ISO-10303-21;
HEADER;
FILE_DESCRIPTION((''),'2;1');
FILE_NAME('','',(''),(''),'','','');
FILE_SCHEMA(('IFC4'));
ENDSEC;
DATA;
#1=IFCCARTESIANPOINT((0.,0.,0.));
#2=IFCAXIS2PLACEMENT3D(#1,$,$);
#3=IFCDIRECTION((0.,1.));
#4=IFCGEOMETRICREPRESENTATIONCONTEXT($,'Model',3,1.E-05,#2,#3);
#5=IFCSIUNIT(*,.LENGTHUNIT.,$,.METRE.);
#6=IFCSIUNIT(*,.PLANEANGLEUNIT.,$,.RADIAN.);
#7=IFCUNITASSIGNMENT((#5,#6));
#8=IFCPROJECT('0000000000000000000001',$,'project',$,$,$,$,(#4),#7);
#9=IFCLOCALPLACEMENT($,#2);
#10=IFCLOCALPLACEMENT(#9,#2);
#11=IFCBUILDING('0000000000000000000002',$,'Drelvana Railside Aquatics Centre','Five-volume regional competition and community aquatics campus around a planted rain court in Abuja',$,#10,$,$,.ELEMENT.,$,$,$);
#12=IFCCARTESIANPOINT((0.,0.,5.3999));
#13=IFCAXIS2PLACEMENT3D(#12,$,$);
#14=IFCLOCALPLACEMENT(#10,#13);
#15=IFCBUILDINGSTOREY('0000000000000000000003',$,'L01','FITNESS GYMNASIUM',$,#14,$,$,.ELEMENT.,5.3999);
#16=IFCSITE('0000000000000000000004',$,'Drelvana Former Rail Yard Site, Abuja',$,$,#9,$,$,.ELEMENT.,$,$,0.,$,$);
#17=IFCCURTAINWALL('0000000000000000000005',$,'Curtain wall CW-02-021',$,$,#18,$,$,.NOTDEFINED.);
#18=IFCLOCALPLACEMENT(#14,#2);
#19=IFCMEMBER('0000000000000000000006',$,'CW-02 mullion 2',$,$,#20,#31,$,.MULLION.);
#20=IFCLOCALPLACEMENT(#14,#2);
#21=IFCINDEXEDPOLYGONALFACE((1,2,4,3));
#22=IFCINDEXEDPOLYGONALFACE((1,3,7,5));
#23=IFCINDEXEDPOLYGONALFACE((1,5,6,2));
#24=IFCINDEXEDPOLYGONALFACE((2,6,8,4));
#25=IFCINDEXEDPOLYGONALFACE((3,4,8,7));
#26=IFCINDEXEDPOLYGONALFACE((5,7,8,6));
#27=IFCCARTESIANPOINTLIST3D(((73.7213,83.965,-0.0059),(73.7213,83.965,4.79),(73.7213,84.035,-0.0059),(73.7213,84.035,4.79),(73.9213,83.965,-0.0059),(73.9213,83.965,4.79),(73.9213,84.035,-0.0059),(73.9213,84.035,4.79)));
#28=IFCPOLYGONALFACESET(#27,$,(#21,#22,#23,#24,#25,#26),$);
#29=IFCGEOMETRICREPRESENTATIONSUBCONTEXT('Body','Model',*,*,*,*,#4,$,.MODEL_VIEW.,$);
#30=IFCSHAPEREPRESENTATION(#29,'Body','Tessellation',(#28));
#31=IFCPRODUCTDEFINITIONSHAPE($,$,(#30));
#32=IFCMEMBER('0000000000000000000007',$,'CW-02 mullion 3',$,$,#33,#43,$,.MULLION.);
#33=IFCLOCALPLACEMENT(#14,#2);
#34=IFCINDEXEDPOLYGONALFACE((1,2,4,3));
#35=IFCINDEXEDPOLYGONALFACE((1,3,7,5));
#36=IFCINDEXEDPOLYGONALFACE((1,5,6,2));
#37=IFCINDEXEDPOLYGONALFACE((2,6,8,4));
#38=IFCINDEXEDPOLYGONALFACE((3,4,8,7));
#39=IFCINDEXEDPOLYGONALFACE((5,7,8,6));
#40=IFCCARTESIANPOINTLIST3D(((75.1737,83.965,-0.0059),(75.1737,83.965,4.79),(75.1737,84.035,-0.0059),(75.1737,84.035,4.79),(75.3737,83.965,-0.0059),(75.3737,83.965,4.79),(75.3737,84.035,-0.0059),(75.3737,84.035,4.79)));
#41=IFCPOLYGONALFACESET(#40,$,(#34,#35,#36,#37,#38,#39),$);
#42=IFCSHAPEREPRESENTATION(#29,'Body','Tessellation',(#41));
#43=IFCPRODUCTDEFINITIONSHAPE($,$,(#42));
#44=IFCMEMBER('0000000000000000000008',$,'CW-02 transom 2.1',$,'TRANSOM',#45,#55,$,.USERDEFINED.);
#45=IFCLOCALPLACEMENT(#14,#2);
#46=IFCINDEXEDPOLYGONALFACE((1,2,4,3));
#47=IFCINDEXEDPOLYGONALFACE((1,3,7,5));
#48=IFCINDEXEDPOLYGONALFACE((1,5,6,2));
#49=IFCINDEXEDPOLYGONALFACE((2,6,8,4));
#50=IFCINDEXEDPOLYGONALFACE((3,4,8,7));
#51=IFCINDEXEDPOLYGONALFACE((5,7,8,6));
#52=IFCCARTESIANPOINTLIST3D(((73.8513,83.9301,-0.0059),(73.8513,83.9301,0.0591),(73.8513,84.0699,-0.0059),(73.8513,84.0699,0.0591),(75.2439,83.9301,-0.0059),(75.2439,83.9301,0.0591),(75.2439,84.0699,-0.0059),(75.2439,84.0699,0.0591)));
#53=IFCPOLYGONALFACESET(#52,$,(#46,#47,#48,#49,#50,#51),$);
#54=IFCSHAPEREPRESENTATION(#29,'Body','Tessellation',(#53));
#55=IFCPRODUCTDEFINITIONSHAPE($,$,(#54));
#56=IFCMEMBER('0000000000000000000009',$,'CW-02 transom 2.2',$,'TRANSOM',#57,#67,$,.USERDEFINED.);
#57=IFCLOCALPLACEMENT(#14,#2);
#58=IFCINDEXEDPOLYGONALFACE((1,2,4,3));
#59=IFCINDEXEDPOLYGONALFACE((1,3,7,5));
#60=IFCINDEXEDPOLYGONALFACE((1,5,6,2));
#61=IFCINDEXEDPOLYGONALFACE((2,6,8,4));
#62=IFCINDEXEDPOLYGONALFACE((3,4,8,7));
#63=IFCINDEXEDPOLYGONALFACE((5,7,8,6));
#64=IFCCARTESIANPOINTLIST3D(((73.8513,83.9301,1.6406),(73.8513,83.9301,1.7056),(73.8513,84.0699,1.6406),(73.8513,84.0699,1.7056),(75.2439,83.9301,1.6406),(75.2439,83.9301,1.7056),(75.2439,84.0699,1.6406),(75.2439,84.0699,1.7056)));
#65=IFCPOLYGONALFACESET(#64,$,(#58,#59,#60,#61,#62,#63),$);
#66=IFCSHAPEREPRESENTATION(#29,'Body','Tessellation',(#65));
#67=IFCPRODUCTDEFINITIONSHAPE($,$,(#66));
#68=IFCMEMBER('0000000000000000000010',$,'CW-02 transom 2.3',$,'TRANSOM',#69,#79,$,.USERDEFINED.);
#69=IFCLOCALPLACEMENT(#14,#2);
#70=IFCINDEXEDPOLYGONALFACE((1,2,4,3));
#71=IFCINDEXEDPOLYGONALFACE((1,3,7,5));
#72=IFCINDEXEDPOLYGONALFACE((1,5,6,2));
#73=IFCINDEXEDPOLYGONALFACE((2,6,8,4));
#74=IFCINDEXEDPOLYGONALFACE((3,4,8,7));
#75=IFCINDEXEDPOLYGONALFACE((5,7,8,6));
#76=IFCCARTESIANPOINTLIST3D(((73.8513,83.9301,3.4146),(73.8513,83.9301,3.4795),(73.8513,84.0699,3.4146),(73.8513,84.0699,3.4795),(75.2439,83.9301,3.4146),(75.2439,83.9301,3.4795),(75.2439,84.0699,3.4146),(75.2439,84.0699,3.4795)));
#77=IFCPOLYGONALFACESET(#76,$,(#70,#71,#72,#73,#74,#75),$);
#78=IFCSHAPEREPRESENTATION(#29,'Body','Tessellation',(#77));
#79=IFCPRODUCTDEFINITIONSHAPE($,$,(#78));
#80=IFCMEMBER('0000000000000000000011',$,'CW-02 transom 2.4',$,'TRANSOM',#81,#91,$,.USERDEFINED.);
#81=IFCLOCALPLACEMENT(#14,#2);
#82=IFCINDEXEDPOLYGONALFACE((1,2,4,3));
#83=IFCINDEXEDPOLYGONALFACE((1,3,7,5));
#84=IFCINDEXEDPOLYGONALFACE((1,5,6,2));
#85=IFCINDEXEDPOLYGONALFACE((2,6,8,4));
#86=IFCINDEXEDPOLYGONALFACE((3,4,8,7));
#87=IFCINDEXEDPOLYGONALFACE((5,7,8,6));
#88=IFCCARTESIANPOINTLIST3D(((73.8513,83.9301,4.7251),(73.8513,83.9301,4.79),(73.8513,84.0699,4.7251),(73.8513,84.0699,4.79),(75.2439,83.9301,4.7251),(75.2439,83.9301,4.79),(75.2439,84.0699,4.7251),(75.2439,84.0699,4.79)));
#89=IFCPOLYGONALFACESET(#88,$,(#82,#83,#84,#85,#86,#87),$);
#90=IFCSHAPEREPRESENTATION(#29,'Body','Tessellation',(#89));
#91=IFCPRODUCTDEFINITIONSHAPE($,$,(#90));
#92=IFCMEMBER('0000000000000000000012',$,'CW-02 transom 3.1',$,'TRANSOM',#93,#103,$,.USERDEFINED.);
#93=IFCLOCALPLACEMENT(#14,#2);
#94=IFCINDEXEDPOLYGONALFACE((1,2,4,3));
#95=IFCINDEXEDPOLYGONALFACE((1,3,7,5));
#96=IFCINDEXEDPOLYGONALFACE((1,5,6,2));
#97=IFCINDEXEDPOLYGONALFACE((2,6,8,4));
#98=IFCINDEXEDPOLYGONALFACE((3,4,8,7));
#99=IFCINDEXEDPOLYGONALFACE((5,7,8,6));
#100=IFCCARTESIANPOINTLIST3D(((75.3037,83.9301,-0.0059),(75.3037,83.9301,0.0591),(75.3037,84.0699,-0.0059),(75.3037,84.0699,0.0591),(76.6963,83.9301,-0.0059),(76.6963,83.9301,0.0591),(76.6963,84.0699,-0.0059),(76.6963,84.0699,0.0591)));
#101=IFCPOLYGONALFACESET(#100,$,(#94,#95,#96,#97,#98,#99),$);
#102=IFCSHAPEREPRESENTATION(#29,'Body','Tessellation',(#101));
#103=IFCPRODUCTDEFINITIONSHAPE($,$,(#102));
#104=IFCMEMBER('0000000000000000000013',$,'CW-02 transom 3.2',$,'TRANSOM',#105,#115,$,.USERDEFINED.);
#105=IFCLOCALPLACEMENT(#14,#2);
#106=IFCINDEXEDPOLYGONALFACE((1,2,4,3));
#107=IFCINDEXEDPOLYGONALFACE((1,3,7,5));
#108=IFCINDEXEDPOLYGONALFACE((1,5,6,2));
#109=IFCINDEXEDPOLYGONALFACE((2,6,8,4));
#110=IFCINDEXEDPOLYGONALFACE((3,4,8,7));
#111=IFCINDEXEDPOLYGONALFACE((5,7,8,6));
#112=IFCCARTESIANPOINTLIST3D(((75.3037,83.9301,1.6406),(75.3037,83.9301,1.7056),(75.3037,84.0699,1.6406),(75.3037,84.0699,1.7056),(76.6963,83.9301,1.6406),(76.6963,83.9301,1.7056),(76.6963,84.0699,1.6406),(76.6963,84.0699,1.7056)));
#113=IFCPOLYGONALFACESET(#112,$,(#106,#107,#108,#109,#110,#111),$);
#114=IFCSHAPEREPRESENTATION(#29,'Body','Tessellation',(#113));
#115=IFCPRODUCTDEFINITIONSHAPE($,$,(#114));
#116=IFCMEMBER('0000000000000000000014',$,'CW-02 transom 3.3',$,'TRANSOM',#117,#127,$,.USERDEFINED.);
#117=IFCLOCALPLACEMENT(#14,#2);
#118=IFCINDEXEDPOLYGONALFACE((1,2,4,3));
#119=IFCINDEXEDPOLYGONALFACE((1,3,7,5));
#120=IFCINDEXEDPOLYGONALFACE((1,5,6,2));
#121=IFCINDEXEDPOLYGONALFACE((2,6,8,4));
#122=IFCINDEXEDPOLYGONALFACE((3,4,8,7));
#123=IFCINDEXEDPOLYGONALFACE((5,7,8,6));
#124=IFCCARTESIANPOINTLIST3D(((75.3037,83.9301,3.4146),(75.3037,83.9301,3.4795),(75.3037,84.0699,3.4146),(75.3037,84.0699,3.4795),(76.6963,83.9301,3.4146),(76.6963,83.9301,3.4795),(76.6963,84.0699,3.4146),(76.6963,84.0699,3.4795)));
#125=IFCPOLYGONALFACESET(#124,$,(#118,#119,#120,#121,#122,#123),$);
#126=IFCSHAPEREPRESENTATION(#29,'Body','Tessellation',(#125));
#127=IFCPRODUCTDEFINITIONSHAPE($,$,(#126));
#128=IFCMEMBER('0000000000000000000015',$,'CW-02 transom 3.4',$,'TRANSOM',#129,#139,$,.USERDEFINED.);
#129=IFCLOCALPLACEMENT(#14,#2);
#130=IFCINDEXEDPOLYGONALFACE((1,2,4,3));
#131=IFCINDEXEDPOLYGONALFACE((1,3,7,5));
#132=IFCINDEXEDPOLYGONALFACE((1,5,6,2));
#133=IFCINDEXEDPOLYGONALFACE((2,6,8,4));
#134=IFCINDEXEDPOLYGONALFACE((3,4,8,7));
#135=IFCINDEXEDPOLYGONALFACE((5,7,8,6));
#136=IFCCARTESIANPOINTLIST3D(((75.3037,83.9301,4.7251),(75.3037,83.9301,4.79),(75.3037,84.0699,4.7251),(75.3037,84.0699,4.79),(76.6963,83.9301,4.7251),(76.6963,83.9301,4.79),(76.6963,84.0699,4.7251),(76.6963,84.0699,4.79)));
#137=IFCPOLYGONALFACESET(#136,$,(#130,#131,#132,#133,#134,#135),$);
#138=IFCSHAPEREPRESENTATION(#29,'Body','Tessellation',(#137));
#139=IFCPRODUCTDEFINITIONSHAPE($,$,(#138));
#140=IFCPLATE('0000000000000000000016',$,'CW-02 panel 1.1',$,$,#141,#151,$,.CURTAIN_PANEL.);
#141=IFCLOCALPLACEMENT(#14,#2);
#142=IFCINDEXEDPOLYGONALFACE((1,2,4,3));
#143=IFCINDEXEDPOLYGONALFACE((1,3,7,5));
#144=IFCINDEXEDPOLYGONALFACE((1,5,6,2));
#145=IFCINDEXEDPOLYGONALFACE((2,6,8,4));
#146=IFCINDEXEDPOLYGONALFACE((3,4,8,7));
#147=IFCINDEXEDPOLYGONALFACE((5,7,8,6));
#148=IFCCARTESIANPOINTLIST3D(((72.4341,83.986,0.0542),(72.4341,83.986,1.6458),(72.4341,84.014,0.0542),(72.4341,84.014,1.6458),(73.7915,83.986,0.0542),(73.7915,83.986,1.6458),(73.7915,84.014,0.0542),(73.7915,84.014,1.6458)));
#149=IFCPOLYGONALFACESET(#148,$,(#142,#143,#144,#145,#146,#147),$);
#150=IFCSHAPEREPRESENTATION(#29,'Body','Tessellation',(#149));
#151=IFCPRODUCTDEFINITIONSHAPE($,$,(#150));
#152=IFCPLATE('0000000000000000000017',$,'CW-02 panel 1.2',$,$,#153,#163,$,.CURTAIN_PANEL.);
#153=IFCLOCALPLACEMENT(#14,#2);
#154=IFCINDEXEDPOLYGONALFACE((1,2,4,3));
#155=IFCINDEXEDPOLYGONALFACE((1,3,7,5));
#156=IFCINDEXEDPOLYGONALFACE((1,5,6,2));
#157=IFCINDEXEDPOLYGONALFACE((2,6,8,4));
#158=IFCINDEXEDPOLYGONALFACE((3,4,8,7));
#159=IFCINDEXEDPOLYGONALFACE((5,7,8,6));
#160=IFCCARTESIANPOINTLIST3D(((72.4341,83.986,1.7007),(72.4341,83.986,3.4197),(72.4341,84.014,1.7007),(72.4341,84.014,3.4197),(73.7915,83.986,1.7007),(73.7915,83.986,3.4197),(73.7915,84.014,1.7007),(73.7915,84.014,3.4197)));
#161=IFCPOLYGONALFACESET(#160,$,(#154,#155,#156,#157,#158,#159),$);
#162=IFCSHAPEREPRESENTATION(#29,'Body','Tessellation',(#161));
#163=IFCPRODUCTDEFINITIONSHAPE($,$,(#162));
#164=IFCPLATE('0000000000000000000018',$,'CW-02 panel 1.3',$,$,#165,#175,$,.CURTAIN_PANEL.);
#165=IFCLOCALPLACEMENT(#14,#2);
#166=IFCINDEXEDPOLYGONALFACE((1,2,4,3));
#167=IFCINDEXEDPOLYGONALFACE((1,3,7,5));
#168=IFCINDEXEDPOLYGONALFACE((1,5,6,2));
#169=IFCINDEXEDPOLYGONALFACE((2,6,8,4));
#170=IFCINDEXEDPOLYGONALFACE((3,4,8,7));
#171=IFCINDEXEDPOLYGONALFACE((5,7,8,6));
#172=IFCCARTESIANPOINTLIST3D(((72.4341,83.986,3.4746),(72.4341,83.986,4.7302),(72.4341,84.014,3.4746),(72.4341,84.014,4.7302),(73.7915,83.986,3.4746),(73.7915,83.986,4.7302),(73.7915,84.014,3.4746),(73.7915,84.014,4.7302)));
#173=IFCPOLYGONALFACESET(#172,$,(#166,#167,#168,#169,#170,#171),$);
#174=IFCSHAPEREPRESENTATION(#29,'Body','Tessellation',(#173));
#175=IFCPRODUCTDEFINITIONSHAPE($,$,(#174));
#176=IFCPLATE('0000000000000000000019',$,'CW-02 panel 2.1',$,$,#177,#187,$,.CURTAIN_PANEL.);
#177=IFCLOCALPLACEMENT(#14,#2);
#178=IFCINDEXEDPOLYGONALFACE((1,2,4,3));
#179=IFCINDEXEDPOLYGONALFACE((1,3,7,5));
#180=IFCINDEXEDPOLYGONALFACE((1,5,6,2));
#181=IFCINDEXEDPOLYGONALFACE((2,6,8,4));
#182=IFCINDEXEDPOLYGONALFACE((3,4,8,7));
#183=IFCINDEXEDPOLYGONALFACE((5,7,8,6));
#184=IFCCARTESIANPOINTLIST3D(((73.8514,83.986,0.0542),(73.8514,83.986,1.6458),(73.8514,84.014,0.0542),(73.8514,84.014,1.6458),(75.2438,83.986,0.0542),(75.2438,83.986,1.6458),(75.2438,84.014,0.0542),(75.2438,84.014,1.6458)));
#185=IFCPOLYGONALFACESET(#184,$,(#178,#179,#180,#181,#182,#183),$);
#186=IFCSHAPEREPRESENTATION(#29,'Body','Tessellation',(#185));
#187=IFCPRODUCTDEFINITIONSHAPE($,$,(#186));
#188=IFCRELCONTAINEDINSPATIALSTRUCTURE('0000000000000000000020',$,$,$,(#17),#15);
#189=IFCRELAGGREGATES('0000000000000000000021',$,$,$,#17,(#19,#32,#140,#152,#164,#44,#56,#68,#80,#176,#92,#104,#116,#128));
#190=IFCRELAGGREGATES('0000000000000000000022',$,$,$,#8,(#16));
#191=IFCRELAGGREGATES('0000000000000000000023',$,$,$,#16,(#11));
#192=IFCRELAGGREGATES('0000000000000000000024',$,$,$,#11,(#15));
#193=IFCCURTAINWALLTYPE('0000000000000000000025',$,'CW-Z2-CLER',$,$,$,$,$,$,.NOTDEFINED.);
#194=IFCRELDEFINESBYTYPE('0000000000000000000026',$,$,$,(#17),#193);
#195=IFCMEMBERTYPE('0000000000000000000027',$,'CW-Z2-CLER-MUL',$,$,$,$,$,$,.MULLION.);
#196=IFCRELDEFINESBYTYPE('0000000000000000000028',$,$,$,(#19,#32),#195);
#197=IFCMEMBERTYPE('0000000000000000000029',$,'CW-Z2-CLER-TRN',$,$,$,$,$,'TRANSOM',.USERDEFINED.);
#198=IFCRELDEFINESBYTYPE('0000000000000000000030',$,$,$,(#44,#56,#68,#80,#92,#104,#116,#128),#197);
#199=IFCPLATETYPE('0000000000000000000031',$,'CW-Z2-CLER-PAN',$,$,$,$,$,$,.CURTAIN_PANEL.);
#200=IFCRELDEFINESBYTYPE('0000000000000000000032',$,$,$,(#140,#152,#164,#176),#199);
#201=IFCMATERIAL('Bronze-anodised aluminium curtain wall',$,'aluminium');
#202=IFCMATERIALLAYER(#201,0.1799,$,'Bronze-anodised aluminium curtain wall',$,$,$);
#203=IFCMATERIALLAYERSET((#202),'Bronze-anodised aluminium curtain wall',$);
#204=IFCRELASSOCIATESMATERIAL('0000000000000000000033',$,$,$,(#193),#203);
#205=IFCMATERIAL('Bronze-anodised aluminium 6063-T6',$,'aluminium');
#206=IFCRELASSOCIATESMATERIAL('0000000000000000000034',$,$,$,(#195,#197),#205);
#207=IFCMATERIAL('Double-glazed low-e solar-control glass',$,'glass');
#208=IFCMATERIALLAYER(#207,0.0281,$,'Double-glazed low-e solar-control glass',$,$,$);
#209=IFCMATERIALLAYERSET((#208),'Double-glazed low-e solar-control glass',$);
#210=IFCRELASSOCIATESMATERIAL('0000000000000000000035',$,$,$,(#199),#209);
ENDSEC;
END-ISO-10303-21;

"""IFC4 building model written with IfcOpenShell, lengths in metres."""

from ifc_helpers import new_model, si_unit, direction, frame, origin, origin_2d, place, context, subcontext, project, spatial, rectangle, extrude, material, layer, layer_set, material_profile, profile_set, type_object, element, aggregate, save


model = new_model("IFC4")

# Units and contexts
model_context = context("Model", 3, precision=1e-05, world=origin(), true_north=direction((0.0, 1.0)))
body_context = subcontext(model_context, "Body", "Model", "MODEL_VIEW")
ifc_project = project(units=[si_unit("LENGTHUNIT", "METRE"), si_unit("PLANEANGLEUNIT", "RADIAN")], contexts=[model_context])

# Site, building, storey
site_placement = place(None, origin())
site = spatial("IfcSite", under=ifc_project, at=site_placement, Name="Drelvana Former Rail Yard Site, Abuja", CompositionType="ELEMENT", RefElevation=0.0)
building_placement = place(site_placement, origin())
building = spatial("IfcBuilding", under=site, at=building_placement, Name="Drelvana Railside Aquatics Centre", Description="Five-volume regional competition and community aquatics campus around a planted rain court in Abuja", CompositionType="ELEMENT")
storey_placement = place(building_placement, frame((0.0, 0.0, 5.3999)))
storey = spatial("IfcBuildingStorey", under=building, at=storey_placement, Name="L01", Description="FITNESS GYMNASIUM", CompositionType="ELEMENT", Elevation=5.3999)

# Curtain wall, members, plates
ifc_material_1 = material(Name="Bronze-anodised aluminium curtain wall", Category="aluminium")
ifc_layer_1 = layer(ifc_material_1, 0.1799, Name="Bronze-anodised aluminium curtain wall")
ifc_layer_set_1 = layer_set([ifc_layer_1], Name="Bronze-anodised aluminium curtain wall")
curtain_wall_type = type_object("IfcCurtainWallType", Name="CW-Z2-CLER", PredefinedType="NOTDEFINED", material=ifc_layer_set_1)
curtain_wall_placement = place(storey_placement, origin())
curtain_wall = element("IfcCurtainWall", 1, at=curtain_wall_placement, inside=storey, type_object=curtain_wall_type, Name="Curtain wall CW-02-021", PredefinedType="NOTDEFINED")
ifc_material_2 = material(Name="Bronze-anodised aluminium 6063-T6", Category="aluminium")
ifc_material_profile_1 = material_profile(ifc_material_2, rectangle(XDim=0.0701, YDim=0.2, at=origin_2d()), Name="ALU-M 70x200")
ifc_profile_set_1 = profile_set([ifc_material_profile_1], Name="Bronze-anodised aluminium 6063-T6")
member_type_1 = type_object("IfcMemberType", Name="CW-Z2-CLER-MUL", PredefinedType="MULLION", material=ifc_profile_set_1)
member_1_placement = place(storey_placement, frame((73.8213, 84.0, -0.0059), z_axis=(0.0, 0.0, 1.0), x_axis=(0.0, 1.0, 0.0)))
member_1 = element("IfcMember", 2, at=member_1_placement, type_object=member_type_1, Name="CW-02 mullion 2", PredefinedType="MULLION", context=body_context, shape_type="SweptSolid", body=[
    extrude(rectangle(XDim=0.0701, YDim=0.2, at=origin_2d()), origin(), (0.0, 0.0, 1.0), 4.7959),
])
member_2_placement = place(storey_placement, frame((75.2737, 84.0, -0.0059), z_axis=(0.0, 0.0, 1.0), x_axis=(0.0, 1.0, 0.0)))
member_2 = element("IfcMember", 3, at=member_2_placement, type_object=member_type_1, Name="CW-02 mullion 3", PredefinedType="MULLION", context=body_context, shape_type="SweptSolid", body=[
    extrude(rectangle(XDim=0.0701, YDim=0.2, at=origin_2d()), origin(), (0.0, 0.0, 1.0), 4.7959),
])
ifc_material_profile_2 = material_profile(ifc_material_2, rectangle(XDim=0.1399, YDim=0.0649, at=origin_2d()), Name="ALU-T 65x140")
ifc_profile_set_2 = profile_set([ifc_material_profile_2], Name="Bronze-anodised aluminium 6063-T6")
member_type_2 = type_object("IfcMemberType", Name="CW-Z2-CLER-TRN", ElementType="TRANSOM", PredefinedType="USERDEFINED", material=ifc_profile_set_2)
member_3_placement = place(storey_placement, frame((73.8513, 84.0, 0.0266), z_axis=(1.0, 0.0, 0.0), x_axis=(0.0, 1.0, 0.0)))
member_3 = element("IfcMember", 4, at=member_3_placement, type_object=member_type_2, Name="CW-02 transom 2.1", ObjectType="TRANSOM", PredefinedType="USERDEFINED", context=body_context, shape_type="SweptSolid", body=[
    extrude(rectangle(XDim=0.1399, YDim=0.0649, at=origin_2d()), origin(), (0.0, 0.0, 1.0), 1.3926),
])
member_4_placement = place(storey_placement, frame((73.8513, 84.0, 1.6731), z_axis=(1.0, 0.0, 0.0), x_axis=(0.0, 1.0, 0.0)))
member_4 = element("IfcMember", 5, at=member_4_placement, type_object=member_type_2, Name="CW-02 transom 2.2", ObjectType="TRANSOM", PredefinedType="USERDEFINED", context=body_context, shape_type="SweptSolid", body=[
    extrude(rectangle(XDim=0.1399, YDim=0.0649, at=origin_2d()), origin(), (0.0, 0.0, 1.0), 1.3926),
])
member_5_placement = place(storey_placement, frame((73.8513, 84.0, 3.447), z_axis=(1.0, 0.0, 0.0), x_axis=(0.0, 1.0, 0.0)))
member_5 = element("IfcMember", 6, at=member_5_placement, type_object=member_type_2, Name="CW-02 transom 2.3", ObjectType="TRANSOM", PredefinedType="USERDEFINED", context=body_context, shape_type="SweptSolid", body=[
    extrude(rectangle(XDim=0.1399, YDim=0.0649, at=origin_2d()), origin(), (0.0, 0.0, 1.0), 1.3926),
])
member_6_placement = place(storey_placement, frame((73.8513, 84.0, 4.7576), z_axis=(1.0, 0.0, 0.0), x_axis=(0.0, 1.0, 0.0)))
member_6 = element("IfcMember", 7, at=member_6_placement, type_object=member_type_2, Name="CW-02 transom 2.4", ObjectType="TRANSOM", PredefinedType="USERDEFINED", context=body_context, shape_type="SweptSolid", body=[
    extrude(rectangle(XDim=0.1399, YDim=0.0649, at=origin_2d()), origin(), (0.0, 0.0, 1.0), 1.3926),
])
member_7_placement = place(storey_placement, frame((75.3037, 84.0, 0.0266), z_axis=(1.0, 0.0, 0.0), x_axis=(0.0, 1.0, 0.0)))
member_7 = element("IfcMember", 8, at=member_7_placement, type_object=member_type_2, Name="CW-02 transom 3.1", ObjectType="TRANSOM", PredefinedType="USERDEFINED", context=body_context, shape_type="SweptSolid", body=[
    extrude(rectangle(XDim=0.1399, YDim=0.0649, at=origin_2d()), origin(), (0.0, 0.0, 1.0), 1.3926),
])
member_8_placement = place(storey_placement, frame((75.3037, 84.0, 1.6731), z_axis=(1.0, 0.0, 0.0), x_axis=(0.0, 1.0, 0.0)))
member_8 = element("IfcMember", 9, at=member_8_placement, type_object=member_type_2, Name="CW-02 transom 3.2", ObjectType="TRANSOM", PredefinedType="USERDEFINED", context=body_context, shape_type="SweptSolid", body=[
    extrude(rectangle(XDim=0.1399, YDim=0.0649, at=origin_2d()), origin(), (0.0, 0.0, 1.0), 1.3926),
])
member_9_placement = place(storey_placement, frame((75.3037, 84.0, 3.447), z_axis=(1.0, 0.0, 0.0), x_axis=(0.0, 1.0, 0.0)))
member_9 = element("IfcMember", 10, at=member_9_placement, type_object=member_type_2, Name="CW-02 transom 3.3", ObjectType="TRANSOM", PredefinedType="USERDEFINED", context=body_context, shape_type="SweptSolid", body=[
    extrude(rectangle(XDim=0.1399, YDim=0.0649, at=origin_2d()), origin(), (0.0, 0.0, 1.0), 1.3926),
])
member_10_placement = place(storey_placement, frame((75.3037, 84.0, 4.7576), z_axis=(1.0, 0.0, 0.0), x_axis=(0.0, 1.0, 0.0)))
member_10 = element("IfcMember", 11, at=member_10_placement, type_object=member_type_2, Name="CW-02 transom 3.4", ObjectType="TRANSOM", PredefinedType="USERDEFINED", context=body_context, shape_type="SweptSolid", body=[
    extrude(rectangle(XDim=0.1399, YDim=0.0649, at=origin_2d()), origin(), (0.0, 0.0, 1.0), 1.3926),
])
ifc_material_3 = material(Name="Double-glazed low-e solar-control glass", Category="glass")
ifc_layer_2 = layer(ifc_material_3, 0.0281, Name="Double-glazed low-e solar-control glass")
ifc_layer_set_2 = layer_set([ifc_layer_2], Name="Double-glazed low-e solar-control glass")
plate_type = type_object("IfcPlateType", Name="CW-Z2-CLER-PAN", PredefinedType="CURTAIN_PANEL", material=ifc_layer_set_2)
plate_1_placement = place(storey_placement, frame((73.1128, 84.0, 0.0542), z_axis=(0.0, 0.0, 1.0), x_axis=(1.0, 0.0, 0.0)))
plate_1 = element("IfcPlate", 12, at=plate_1_placement, type_object=plate_type, Name="CW-02 panel 1.1", PredefinedType="CURTAIN_PANEL", context=body_context, shape_type="SweptSolid", body=[
    extrude(rectangle(XDim=1.3574, YDim=0.0281, at=origin_2d()), origin(), (0.0, 0.0, 1.0), 1.5916),
])
plate_2_placement = place(storey_placement, frame((73.1128, 84.0, 1.7007), z_axis=(0.0, 0.0, 1.0), x_axis=(1.0, 0.0, 0.0)))
plate_2 = element("IfcPlate", 13, at=plate_2_placement, type_object=plate_type, Name="CW-02 panel 1.2", PredefinedType="CURTAIN_PANEL", context=body_context, shape_type="SweptSolid", body=[
    extrude(rectangle(XDim=1.3574, YDim=0.0281, at=origin_2d()), origin(), (0.0, 0.0, 1.0), 1.719),
])
plate_3_placement = place(storey_placement, frame((73.1128, 84.0, 3.4746), z_axis=(0.0, 0.0, 1.0), x_axis=(1.0, 0.0, 0.0)))
plate_3 = element("IfcPlate", 14, at=plate_3_placement, type_object=plate_type, Name="CW-02 panel 1.3", PredefinedType="CURTAIN_PANEL", context=body_context, shape_type="SweptSolid", body=[
    extrude(rectangle(XDim=1.3574, YDim=0.0281, at=origin_2d()), origin(), (0.0, 0.0, 1.0), 1.2556),
])
plate_4_placement = place(storey_placement, frame((74.5476, 84.0, 0.0542), z_axis=(0.0, 0.0, 1.0), x_axis=(1.0, 0.0, 0.0)))
plate_4 = element("IfcPlate", 15, at=plate_4_placement, type_object=plate_type, Name="CW-02 panel 2.1", PredefinedType="CURTAIN_PANEL", context=body_context, shape_type="SweptSolid", body=[
    extrude(rectangle(XDim=1.3923, YDim=0.0281, at=origin_2d()), origin(), (0.0, 0.0, 1.0), 1.5916),
])
aggregate(curtain_wall, [member_1, member_2, plate_1, plate_2, plate_3, member_3, member_4, member_5, member_6, plate_4, member_7, member_8, member_9, member_10])

save(model, "model.ifc")
